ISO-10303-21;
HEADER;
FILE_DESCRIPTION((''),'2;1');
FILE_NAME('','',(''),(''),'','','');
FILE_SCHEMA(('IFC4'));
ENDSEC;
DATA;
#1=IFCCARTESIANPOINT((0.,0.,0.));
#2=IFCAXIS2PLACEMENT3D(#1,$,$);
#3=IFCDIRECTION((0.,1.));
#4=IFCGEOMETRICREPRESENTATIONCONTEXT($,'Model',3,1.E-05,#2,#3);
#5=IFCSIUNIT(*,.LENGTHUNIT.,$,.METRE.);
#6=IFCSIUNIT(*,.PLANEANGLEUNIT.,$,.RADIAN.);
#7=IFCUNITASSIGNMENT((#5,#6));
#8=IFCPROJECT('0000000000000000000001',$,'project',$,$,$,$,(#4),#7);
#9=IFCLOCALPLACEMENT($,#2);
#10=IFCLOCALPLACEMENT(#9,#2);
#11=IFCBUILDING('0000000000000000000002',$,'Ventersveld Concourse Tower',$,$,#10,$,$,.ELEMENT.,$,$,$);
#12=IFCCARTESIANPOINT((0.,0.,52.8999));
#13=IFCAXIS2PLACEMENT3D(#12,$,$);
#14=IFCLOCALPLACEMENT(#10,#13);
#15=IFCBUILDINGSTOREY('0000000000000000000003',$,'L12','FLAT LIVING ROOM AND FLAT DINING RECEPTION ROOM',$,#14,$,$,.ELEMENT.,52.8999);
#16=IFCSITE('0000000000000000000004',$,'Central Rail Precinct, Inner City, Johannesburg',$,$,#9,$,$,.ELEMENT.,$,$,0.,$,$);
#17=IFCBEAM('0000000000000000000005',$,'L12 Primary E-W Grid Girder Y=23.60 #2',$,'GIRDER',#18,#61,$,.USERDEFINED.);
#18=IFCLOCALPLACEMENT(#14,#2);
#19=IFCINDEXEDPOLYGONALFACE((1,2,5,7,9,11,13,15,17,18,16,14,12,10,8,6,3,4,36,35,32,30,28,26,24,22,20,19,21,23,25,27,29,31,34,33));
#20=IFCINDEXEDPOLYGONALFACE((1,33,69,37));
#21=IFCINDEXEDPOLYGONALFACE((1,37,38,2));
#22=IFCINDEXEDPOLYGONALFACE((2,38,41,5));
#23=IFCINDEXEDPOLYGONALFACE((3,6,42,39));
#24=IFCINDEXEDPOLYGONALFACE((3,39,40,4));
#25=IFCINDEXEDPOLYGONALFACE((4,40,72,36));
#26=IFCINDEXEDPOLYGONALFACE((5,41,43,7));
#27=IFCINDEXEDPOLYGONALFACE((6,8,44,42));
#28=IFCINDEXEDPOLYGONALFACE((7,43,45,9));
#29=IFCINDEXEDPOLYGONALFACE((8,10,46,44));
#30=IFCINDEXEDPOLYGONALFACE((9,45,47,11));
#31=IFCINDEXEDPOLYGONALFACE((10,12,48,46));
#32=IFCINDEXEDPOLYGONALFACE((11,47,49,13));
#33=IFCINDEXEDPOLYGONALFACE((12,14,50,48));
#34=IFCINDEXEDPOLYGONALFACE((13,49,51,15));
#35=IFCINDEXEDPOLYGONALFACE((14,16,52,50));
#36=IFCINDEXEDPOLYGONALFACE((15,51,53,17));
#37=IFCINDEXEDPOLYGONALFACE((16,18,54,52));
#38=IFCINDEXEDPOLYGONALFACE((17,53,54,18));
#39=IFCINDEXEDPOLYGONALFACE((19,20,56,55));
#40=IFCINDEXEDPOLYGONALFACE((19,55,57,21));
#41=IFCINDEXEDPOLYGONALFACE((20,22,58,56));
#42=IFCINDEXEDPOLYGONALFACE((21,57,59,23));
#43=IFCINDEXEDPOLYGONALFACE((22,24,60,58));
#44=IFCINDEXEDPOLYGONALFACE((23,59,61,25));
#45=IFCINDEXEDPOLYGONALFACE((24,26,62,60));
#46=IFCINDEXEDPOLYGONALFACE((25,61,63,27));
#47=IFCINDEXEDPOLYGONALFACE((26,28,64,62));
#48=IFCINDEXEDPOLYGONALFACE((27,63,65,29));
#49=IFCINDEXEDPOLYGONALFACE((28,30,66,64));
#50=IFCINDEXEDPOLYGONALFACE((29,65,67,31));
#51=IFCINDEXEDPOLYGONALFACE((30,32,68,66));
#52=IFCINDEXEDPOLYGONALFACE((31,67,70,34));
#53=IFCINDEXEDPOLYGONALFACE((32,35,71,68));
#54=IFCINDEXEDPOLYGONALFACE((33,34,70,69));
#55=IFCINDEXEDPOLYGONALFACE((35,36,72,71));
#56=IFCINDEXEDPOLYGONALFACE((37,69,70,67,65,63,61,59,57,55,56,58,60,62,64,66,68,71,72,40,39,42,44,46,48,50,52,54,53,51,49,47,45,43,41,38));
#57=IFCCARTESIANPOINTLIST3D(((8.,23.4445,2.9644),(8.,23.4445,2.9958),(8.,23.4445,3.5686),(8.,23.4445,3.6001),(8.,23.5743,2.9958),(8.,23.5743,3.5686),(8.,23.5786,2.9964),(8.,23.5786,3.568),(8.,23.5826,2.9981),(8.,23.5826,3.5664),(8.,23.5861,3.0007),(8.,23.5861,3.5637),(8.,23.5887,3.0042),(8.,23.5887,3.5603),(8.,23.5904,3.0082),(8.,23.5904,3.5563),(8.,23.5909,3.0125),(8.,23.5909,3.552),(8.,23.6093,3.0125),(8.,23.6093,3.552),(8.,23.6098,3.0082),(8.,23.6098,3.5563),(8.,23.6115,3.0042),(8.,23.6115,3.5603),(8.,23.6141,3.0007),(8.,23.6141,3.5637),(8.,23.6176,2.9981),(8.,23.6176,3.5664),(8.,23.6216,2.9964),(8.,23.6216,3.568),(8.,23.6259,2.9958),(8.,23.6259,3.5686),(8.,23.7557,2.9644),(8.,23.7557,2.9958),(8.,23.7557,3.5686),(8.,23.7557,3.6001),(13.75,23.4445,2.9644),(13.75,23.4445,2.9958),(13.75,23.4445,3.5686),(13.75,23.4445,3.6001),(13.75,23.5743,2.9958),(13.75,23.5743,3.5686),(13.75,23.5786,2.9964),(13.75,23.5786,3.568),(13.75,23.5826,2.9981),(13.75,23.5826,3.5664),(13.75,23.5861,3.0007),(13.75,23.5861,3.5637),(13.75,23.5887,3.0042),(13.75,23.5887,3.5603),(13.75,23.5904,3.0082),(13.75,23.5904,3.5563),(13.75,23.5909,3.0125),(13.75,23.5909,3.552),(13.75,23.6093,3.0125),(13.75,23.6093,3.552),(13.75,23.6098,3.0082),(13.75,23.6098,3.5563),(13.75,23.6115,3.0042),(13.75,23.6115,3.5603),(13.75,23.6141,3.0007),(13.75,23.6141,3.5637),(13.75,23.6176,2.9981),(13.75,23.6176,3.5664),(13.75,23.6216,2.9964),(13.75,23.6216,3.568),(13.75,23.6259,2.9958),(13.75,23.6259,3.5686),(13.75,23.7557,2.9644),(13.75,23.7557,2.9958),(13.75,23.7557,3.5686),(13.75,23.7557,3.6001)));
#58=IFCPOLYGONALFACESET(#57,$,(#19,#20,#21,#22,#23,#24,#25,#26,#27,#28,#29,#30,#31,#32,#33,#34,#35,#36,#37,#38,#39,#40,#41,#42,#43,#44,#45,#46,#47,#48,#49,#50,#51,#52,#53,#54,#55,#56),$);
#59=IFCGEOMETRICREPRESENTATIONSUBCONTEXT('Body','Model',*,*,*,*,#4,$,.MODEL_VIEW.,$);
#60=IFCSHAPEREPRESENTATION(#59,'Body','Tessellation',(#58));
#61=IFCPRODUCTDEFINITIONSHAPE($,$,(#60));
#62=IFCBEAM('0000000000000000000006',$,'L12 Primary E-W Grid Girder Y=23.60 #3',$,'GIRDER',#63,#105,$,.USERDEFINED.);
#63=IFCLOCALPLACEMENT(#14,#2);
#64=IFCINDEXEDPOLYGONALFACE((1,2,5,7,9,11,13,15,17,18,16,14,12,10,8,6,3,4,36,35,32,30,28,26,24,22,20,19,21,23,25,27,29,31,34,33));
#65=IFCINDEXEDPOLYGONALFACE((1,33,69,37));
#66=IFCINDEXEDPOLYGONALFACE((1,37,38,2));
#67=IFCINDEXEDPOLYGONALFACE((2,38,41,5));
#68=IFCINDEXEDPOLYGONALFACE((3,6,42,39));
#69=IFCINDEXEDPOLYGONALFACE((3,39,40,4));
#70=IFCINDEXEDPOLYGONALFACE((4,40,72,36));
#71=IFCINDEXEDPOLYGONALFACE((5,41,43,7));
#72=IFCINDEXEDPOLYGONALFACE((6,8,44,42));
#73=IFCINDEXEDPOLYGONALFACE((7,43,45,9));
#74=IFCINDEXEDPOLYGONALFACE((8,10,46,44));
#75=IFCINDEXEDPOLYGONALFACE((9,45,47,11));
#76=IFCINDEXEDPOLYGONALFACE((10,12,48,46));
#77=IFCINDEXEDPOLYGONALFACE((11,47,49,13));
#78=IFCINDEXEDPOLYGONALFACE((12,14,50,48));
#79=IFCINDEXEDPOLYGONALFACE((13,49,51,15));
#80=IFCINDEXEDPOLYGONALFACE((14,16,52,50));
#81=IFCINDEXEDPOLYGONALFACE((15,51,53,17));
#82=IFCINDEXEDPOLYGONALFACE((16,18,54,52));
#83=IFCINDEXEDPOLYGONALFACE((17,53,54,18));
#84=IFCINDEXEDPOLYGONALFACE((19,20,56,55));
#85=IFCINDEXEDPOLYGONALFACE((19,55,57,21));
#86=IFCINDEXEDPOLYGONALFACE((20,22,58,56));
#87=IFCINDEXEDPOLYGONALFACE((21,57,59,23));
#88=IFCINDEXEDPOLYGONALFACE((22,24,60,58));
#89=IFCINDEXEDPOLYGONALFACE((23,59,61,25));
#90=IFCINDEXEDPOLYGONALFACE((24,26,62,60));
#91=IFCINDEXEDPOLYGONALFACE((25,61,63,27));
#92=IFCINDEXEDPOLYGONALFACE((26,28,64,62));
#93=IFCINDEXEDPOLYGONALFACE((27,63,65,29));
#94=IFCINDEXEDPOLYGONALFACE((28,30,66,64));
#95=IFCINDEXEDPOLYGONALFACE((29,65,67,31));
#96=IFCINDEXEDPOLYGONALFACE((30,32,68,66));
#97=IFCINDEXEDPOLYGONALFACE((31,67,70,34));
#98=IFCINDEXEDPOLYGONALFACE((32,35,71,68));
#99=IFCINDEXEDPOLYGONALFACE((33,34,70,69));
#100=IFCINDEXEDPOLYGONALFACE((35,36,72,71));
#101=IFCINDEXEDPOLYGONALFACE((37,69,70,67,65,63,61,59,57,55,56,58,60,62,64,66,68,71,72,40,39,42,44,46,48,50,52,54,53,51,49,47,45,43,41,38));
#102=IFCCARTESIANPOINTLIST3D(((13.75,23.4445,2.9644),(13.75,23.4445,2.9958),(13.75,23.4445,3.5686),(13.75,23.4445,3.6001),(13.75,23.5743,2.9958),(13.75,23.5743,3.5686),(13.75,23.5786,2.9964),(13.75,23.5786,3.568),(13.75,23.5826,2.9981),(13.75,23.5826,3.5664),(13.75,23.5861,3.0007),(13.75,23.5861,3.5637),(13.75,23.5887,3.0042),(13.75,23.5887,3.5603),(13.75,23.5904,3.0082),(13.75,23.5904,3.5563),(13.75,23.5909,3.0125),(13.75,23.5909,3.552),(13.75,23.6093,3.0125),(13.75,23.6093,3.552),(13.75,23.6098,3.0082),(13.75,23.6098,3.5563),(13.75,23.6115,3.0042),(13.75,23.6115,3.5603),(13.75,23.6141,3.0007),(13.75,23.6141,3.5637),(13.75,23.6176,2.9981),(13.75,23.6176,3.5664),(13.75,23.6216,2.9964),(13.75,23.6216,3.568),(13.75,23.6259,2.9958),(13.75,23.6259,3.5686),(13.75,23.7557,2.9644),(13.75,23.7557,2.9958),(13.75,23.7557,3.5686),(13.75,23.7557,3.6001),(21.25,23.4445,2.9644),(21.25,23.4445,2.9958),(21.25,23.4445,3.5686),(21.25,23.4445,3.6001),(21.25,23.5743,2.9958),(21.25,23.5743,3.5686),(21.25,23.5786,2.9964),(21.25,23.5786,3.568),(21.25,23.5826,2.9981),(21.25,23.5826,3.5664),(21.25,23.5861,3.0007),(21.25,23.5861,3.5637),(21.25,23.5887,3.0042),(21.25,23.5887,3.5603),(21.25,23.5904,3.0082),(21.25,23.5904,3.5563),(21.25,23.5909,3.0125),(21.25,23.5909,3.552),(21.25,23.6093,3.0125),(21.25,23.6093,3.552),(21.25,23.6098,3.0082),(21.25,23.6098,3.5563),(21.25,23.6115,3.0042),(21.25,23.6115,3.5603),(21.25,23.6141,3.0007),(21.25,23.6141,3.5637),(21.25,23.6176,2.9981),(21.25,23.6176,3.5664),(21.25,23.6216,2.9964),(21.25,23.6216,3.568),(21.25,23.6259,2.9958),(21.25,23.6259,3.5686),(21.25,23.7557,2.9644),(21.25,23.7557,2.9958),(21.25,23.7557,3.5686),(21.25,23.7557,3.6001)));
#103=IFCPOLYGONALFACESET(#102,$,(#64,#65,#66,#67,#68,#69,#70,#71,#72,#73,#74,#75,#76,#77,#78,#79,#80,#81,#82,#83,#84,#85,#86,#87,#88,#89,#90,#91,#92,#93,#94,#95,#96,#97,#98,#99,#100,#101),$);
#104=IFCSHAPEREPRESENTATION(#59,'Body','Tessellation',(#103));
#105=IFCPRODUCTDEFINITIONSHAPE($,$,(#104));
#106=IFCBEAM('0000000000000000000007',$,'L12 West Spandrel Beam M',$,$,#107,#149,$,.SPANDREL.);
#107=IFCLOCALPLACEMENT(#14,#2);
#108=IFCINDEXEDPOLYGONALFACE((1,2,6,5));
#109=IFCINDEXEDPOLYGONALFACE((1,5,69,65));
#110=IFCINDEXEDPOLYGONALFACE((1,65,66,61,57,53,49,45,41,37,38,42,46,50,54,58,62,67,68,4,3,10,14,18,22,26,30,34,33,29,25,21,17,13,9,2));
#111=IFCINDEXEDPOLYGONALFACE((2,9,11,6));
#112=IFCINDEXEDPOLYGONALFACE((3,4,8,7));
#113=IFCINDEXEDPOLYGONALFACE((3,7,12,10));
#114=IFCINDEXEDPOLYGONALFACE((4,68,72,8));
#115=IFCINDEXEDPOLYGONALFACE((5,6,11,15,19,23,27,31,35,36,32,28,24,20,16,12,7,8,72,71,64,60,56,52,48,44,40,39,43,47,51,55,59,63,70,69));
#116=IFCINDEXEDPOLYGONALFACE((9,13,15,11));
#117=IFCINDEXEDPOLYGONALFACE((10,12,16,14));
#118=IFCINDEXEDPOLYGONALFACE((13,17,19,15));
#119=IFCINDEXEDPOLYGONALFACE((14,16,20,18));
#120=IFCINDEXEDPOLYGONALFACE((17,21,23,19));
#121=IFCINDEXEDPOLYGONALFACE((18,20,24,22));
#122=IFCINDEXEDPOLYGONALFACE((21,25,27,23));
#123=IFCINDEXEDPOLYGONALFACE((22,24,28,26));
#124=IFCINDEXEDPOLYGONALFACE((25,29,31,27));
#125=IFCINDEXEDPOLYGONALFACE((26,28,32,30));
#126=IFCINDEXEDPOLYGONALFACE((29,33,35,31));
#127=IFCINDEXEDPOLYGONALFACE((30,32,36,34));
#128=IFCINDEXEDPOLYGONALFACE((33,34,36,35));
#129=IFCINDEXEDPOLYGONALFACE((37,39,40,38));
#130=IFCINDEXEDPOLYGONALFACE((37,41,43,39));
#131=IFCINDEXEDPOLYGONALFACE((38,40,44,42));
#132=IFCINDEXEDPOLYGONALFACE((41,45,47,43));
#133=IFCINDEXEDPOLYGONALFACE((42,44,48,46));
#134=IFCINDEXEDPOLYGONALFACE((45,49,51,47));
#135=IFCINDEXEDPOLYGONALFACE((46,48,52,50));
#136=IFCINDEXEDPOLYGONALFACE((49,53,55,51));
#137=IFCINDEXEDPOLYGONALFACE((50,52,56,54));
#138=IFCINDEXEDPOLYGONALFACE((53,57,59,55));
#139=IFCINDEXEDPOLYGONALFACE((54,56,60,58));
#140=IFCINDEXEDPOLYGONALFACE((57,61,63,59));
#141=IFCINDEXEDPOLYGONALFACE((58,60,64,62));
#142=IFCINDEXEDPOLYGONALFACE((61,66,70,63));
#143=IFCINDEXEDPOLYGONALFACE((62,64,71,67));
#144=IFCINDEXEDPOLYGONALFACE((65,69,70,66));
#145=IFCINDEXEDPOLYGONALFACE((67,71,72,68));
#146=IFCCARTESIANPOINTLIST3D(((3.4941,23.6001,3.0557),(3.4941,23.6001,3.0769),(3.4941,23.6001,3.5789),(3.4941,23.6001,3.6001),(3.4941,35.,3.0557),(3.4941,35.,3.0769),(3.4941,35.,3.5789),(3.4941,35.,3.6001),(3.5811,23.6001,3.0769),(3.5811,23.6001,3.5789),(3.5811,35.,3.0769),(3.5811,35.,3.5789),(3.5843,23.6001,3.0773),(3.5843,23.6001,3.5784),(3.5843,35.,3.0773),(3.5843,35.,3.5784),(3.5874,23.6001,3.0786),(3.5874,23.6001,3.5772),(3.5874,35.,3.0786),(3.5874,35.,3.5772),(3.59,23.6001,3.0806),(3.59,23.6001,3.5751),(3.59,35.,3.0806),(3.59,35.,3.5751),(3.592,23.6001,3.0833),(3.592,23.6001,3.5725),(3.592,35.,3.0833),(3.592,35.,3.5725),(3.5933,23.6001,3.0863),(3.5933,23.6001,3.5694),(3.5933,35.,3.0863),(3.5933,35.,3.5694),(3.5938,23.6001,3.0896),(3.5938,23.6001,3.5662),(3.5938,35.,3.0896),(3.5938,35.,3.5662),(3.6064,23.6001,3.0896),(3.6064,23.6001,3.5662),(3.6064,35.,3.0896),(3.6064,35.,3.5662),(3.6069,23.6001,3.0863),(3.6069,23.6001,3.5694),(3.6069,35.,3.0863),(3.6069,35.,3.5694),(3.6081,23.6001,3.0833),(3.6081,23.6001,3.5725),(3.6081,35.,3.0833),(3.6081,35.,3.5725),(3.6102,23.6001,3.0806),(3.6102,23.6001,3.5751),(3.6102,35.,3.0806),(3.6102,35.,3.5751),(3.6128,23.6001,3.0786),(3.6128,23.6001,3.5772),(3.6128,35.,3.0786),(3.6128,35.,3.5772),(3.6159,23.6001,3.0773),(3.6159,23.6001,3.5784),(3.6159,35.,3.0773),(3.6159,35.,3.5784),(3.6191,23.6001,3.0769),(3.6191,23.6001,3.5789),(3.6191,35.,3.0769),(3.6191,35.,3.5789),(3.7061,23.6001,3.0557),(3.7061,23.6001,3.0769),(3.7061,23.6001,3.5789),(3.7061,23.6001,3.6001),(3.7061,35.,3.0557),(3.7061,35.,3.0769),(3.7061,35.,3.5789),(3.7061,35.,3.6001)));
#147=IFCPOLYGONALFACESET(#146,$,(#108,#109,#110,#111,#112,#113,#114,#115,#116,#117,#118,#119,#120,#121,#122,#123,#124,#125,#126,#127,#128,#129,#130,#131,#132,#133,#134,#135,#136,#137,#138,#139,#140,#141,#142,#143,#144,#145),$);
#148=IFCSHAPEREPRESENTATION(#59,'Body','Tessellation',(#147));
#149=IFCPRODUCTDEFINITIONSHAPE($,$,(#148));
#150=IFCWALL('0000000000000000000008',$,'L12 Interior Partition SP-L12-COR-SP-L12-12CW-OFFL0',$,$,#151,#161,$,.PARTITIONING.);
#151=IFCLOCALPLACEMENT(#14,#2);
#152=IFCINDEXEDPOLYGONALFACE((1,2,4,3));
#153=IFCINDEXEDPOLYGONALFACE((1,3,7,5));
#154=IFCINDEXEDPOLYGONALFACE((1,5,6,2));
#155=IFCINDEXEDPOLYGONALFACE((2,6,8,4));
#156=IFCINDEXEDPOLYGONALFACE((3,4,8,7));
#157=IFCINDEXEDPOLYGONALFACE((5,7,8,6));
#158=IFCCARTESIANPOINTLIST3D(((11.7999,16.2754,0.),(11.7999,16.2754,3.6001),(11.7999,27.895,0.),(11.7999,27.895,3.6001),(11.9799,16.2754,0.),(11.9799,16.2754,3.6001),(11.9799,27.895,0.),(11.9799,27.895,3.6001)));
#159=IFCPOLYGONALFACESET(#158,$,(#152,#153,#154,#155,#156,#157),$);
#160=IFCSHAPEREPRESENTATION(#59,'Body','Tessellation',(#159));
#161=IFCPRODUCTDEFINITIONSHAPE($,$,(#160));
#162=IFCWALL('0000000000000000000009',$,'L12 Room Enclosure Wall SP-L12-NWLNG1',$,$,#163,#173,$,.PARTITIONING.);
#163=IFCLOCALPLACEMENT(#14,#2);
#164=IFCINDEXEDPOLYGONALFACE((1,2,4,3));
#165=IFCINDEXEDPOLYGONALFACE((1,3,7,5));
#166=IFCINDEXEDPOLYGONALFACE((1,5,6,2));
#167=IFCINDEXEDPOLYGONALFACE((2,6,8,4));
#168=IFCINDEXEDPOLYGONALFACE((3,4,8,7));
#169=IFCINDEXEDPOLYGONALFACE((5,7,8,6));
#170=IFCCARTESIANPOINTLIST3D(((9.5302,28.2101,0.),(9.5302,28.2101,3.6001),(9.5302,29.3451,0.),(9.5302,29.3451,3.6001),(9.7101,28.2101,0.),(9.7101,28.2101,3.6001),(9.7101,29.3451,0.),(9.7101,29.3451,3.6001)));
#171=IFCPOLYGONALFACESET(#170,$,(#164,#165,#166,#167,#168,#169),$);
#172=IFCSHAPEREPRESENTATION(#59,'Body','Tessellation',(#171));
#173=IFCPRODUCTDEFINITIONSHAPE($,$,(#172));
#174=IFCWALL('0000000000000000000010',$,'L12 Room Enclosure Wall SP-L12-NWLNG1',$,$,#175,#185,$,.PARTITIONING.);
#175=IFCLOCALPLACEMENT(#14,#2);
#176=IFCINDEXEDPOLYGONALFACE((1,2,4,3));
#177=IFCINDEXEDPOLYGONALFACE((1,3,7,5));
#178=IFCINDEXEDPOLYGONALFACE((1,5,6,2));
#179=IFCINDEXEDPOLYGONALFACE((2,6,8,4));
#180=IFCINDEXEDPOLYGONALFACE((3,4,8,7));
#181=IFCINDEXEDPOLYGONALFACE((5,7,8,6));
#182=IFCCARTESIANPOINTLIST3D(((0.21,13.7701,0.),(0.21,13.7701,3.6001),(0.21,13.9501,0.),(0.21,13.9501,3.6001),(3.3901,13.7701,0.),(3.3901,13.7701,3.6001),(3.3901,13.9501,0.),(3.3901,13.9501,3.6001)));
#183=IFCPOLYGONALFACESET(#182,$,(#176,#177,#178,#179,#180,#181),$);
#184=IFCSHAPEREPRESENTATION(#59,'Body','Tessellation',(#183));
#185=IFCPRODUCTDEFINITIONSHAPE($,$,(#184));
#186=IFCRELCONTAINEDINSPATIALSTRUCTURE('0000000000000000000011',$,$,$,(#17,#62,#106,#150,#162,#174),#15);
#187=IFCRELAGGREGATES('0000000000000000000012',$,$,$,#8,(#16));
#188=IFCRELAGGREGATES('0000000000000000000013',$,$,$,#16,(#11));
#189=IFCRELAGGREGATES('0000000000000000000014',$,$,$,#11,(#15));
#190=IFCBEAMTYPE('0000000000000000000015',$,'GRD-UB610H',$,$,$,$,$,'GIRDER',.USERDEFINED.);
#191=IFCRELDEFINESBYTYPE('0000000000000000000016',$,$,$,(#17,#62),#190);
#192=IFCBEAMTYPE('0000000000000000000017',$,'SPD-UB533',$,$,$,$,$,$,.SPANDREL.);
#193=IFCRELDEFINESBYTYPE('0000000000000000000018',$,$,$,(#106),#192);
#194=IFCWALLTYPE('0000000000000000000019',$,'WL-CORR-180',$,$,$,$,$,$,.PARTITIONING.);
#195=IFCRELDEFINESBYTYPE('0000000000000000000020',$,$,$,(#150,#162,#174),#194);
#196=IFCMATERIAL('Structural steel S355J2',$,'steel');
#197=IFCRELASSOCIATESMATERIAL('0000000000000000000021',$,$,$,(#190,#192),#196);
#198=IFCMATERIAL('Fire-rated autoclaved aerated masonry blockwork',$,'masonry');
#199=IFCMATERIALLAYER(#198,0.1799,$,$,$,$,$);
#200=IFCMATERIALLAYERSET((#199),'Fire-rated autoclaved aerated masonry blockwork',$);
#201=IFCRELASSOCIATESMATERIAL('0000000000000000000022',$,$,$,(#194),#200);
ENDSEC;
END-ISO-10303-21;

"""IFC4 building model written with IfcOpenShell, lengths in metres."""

from ifc_helpers import new_model, si_unit, direction, frame, frame_2d, origin, origin_2d, place, context, subcontext, project, spatial, rectangle, i_section, extrude, material, layer, layer_set, material_profile, profile_set, type_object, element, save


model = new_model("IFC4")

# Units and contexts
model_context = context("Model", 3, precision=1e-05, world=origin(), true_north=direction((0.0, 1.0)))
body_context = subcontext(model_context, "Body", "Model", "MODEL_VIEW")
ifc_project = project(units=[si_unit("LENGTHUNIT", "METRE"), si_unit("PLANEANGLEUNIT", "RADIAN")], contexts=[model_context])

# Site, building, storey
site_placement = place(None, origin())
site = spatial("IfcSite", under=ifc_project, at=site_placement, Name="Central Rail Precinct, Inner City, Johannesburg", CompositionType="ELEMENT", RefElevation=0.0)
building_placement = place(site_placement, origin())
building = spatial("IfcBuilding", under=site, at=building_placement, Name="Ventersveld Concourse Tower", CompositionType="ELEMENT")
storey_placement = place(building_placement, frame((0.0, 0.0, 52.8999)))
storey = spatial("IfcBuildingStorey", under=building, at=storey_placement, Name="L12", Description="FLAT LIVING ROOM AND FLAT DINING RECEPTION ROOM", CompositionType="ELEMENT", Elevation=52.8999)

# Beams
ifc_material_1 = material(Name="Structural steel S355J2", Category="steel")
ifc_material_profile_1 = material_profile(ifc_material_1, i_section(OverallWidth=0.3113, OverallDepth=0.6357, WebThickness=0.0183, FlangeThickness=0.0315, FilletRadius=0.0166, at=origin_2d()), Name="UB 610x305x238")
ifc_profile_set_1 = profile_set([ifc_material_profile_1], Name="Structural steel S355J2")
beam_type_1 = type_object("IfcBeamType", Name="GRD-UB610H", ElementType="GIRDER", PredefinedType="USERDEFINED", material=ifc_profile_set_1)
beam_1_placement = place(storey_placement, frame((8.0, 23.6001, 3.2822), z_axis=(1.0, 0.0, 0.0), x_axis=(0.0, 1.0, 0.0)))
element("IfcBeam", 1, at=beam_1_placement, inside=storey, type_object=beam_type_1, Name="L12 Primary E-W Grid Girder Y=23.60 #2", ObjectType="GIRDER", PredefinedType="USERDEFINED", context=body_context, shape_type="SweptSolid", body=[
    extrude(i_section(OverallWidth=0.3113, OverallDepth=0.6357, WebThickness=0.0183, FlangeThickness=0.0315, FilletRadius=0.0166, at=origin_2d()), origin(), (0.0, 0.0, 1.0), 5.75),
])
beam_2_placement = place(storey_placement, frame((13.75, 23.6001, 3.2822), z_axis=(1.0, 0.0, 0.0), x_axis=(0.0, 1.0, 0.0)))
element("IfcBeam", 2, at=beam_2_placement, inside=storey, type_object=beam_type_1, Name="L12 Primary E-W Grid Girder Y=23.60 #3", ObjectType="GIRDER", PredefinedType="USERDEFINED", context=body_context, shape_type="SweptSolid", body=[
    extrude(i_section(OverallWidth=0.3113, OverallDepth=0.6357, WebThickness=0.0183, FlangeThickness=0.0315, FilletRadius=0.0166, at=origin_2d()), origin(), (0.0, 0.0, 1.0), 7.5),
])
ifc_material_profile_2 = material_profile(ifc_material_1, i_section(OverallWidth=0.2119, OverallDepth=0.5444, WebThickness=0.0127, FlangeThickness=0.0212, FilletRadius=0.0127, at=origin_2d()), Name="UB 533x210x122")
ifc_profile_set_2 = profile_set([ifc_material_profile_2], Name="Structural steel S355J2")
beam_type_2 = type_object("IfcBeamType", Name="SPD-UB533", PredefinedType="SPANDREL", material=ifc_profile_set_2)
beam_3_placement = place(storey_placement, frame((3.6001, 23.6001, 3.3279), z_axis=(0.0, 1.0, 0.0), x_axis=(-1.0, 0.0, 0.0)))
element("IfcBeam", 3, at=beam_3_placement, inside=storey, type_object=beam_type_2, Name="L12 West Spandrel Beam M", PredefinedType="SPANDREL", context=body_context, shape_type="SweptSolid", body=[
    extrude(i_section(OverallWidth=0.2119, OverallDepth=0.5444, WebThickness=0.0127, FlangeThickness=0.0212, FilletRadius=0.0127, at=origin_2d()), origin(), (0.0, 0.0, 1.0), 11.3999),
])

# Shared definitions
ifc_material_2 = material(Name="Fire-rated autoclaved aerated masonry blockwork", Category="masonry")
ifc_layer_1 = layer(ifc_material_2, 0.1799)
ifc_layer_set_1 = layer_set([ifc_layer_1], Name="Fire-rated autoclaved aerated masonry blockwork")
wall_type_1 = type_object("IfcWallType", Name="WL-CORR-180", PredefinedType="PARTITIONING", material=ifc_layer_set_1)

# Walls
wall_1_placement = place(storey_placement, frame((11.8899, 16.2754, 0.0), z_axis=(0.0, 0.0, 1.0), x_axis=(0.0, 1.0, 0.0)))
element("IfcWall", 4, at=wall_1_placement, inside=storey, type_object=wall_type_1, Name="L12 Interior Partition SP-L12-COR-SP-L12-12CW-OFFL0", PredefinedType="PARTITIONING", context=body_context, shape_type="SweptSolid", body=[
    extrude(rectangle(XDim=11.6196, YDim=0.1799, at=frame_2d((5.8098, 0.0))), origin(), (0.0, 0.0, 1.0), 3.6001),
])
wall_2_placement = place(storey_placement, frame((9.6201, 29.345, 0.0), z_axis=(0.0, 0.0, 1.0), x_axis=(0.0, -1.0, 0.0)))
element("IfcWall", 5, at=wall_2_placement, inside=storey, type_object=wall_type_1, Name="L12 Room Enclosure Wall SP-L12-NWLNG1", PredefinedType="PARTITIONING", context=body_context, shape_type="SweptSolid", body=[
    extrude(rectangle(XDim=1.135, YDim=0.1799, at=frame_2d((0.5674, 0.0))), origin(), (0.0, 0.0, 1.0), 3.6001),
])
wall_3_placement = place(storey_placement, frame((3.3901, 13.8601, 0.0), z_axis=(0.0, 0.0, 1.0), x_axis=(-1.0, 0.0, 0.0)))
element("IfcWall", 6, at=wall_3_placement, inside=storey, type_object=wall_type_1, Name="L12 Room Enclosure Wall SP-L12-NWLNG1", PredefinedType="PARTITIONING", context=body_context, shape_type="SweptSolid", body=[
    extrude(rectangle(XDim=3.1802, YDim=0.1799, at=frame_2d((1.5901, 0.0))), origin(), (0.0, 0.0, 1.0), 3.6001),
])

save(model, "model.ifc")
